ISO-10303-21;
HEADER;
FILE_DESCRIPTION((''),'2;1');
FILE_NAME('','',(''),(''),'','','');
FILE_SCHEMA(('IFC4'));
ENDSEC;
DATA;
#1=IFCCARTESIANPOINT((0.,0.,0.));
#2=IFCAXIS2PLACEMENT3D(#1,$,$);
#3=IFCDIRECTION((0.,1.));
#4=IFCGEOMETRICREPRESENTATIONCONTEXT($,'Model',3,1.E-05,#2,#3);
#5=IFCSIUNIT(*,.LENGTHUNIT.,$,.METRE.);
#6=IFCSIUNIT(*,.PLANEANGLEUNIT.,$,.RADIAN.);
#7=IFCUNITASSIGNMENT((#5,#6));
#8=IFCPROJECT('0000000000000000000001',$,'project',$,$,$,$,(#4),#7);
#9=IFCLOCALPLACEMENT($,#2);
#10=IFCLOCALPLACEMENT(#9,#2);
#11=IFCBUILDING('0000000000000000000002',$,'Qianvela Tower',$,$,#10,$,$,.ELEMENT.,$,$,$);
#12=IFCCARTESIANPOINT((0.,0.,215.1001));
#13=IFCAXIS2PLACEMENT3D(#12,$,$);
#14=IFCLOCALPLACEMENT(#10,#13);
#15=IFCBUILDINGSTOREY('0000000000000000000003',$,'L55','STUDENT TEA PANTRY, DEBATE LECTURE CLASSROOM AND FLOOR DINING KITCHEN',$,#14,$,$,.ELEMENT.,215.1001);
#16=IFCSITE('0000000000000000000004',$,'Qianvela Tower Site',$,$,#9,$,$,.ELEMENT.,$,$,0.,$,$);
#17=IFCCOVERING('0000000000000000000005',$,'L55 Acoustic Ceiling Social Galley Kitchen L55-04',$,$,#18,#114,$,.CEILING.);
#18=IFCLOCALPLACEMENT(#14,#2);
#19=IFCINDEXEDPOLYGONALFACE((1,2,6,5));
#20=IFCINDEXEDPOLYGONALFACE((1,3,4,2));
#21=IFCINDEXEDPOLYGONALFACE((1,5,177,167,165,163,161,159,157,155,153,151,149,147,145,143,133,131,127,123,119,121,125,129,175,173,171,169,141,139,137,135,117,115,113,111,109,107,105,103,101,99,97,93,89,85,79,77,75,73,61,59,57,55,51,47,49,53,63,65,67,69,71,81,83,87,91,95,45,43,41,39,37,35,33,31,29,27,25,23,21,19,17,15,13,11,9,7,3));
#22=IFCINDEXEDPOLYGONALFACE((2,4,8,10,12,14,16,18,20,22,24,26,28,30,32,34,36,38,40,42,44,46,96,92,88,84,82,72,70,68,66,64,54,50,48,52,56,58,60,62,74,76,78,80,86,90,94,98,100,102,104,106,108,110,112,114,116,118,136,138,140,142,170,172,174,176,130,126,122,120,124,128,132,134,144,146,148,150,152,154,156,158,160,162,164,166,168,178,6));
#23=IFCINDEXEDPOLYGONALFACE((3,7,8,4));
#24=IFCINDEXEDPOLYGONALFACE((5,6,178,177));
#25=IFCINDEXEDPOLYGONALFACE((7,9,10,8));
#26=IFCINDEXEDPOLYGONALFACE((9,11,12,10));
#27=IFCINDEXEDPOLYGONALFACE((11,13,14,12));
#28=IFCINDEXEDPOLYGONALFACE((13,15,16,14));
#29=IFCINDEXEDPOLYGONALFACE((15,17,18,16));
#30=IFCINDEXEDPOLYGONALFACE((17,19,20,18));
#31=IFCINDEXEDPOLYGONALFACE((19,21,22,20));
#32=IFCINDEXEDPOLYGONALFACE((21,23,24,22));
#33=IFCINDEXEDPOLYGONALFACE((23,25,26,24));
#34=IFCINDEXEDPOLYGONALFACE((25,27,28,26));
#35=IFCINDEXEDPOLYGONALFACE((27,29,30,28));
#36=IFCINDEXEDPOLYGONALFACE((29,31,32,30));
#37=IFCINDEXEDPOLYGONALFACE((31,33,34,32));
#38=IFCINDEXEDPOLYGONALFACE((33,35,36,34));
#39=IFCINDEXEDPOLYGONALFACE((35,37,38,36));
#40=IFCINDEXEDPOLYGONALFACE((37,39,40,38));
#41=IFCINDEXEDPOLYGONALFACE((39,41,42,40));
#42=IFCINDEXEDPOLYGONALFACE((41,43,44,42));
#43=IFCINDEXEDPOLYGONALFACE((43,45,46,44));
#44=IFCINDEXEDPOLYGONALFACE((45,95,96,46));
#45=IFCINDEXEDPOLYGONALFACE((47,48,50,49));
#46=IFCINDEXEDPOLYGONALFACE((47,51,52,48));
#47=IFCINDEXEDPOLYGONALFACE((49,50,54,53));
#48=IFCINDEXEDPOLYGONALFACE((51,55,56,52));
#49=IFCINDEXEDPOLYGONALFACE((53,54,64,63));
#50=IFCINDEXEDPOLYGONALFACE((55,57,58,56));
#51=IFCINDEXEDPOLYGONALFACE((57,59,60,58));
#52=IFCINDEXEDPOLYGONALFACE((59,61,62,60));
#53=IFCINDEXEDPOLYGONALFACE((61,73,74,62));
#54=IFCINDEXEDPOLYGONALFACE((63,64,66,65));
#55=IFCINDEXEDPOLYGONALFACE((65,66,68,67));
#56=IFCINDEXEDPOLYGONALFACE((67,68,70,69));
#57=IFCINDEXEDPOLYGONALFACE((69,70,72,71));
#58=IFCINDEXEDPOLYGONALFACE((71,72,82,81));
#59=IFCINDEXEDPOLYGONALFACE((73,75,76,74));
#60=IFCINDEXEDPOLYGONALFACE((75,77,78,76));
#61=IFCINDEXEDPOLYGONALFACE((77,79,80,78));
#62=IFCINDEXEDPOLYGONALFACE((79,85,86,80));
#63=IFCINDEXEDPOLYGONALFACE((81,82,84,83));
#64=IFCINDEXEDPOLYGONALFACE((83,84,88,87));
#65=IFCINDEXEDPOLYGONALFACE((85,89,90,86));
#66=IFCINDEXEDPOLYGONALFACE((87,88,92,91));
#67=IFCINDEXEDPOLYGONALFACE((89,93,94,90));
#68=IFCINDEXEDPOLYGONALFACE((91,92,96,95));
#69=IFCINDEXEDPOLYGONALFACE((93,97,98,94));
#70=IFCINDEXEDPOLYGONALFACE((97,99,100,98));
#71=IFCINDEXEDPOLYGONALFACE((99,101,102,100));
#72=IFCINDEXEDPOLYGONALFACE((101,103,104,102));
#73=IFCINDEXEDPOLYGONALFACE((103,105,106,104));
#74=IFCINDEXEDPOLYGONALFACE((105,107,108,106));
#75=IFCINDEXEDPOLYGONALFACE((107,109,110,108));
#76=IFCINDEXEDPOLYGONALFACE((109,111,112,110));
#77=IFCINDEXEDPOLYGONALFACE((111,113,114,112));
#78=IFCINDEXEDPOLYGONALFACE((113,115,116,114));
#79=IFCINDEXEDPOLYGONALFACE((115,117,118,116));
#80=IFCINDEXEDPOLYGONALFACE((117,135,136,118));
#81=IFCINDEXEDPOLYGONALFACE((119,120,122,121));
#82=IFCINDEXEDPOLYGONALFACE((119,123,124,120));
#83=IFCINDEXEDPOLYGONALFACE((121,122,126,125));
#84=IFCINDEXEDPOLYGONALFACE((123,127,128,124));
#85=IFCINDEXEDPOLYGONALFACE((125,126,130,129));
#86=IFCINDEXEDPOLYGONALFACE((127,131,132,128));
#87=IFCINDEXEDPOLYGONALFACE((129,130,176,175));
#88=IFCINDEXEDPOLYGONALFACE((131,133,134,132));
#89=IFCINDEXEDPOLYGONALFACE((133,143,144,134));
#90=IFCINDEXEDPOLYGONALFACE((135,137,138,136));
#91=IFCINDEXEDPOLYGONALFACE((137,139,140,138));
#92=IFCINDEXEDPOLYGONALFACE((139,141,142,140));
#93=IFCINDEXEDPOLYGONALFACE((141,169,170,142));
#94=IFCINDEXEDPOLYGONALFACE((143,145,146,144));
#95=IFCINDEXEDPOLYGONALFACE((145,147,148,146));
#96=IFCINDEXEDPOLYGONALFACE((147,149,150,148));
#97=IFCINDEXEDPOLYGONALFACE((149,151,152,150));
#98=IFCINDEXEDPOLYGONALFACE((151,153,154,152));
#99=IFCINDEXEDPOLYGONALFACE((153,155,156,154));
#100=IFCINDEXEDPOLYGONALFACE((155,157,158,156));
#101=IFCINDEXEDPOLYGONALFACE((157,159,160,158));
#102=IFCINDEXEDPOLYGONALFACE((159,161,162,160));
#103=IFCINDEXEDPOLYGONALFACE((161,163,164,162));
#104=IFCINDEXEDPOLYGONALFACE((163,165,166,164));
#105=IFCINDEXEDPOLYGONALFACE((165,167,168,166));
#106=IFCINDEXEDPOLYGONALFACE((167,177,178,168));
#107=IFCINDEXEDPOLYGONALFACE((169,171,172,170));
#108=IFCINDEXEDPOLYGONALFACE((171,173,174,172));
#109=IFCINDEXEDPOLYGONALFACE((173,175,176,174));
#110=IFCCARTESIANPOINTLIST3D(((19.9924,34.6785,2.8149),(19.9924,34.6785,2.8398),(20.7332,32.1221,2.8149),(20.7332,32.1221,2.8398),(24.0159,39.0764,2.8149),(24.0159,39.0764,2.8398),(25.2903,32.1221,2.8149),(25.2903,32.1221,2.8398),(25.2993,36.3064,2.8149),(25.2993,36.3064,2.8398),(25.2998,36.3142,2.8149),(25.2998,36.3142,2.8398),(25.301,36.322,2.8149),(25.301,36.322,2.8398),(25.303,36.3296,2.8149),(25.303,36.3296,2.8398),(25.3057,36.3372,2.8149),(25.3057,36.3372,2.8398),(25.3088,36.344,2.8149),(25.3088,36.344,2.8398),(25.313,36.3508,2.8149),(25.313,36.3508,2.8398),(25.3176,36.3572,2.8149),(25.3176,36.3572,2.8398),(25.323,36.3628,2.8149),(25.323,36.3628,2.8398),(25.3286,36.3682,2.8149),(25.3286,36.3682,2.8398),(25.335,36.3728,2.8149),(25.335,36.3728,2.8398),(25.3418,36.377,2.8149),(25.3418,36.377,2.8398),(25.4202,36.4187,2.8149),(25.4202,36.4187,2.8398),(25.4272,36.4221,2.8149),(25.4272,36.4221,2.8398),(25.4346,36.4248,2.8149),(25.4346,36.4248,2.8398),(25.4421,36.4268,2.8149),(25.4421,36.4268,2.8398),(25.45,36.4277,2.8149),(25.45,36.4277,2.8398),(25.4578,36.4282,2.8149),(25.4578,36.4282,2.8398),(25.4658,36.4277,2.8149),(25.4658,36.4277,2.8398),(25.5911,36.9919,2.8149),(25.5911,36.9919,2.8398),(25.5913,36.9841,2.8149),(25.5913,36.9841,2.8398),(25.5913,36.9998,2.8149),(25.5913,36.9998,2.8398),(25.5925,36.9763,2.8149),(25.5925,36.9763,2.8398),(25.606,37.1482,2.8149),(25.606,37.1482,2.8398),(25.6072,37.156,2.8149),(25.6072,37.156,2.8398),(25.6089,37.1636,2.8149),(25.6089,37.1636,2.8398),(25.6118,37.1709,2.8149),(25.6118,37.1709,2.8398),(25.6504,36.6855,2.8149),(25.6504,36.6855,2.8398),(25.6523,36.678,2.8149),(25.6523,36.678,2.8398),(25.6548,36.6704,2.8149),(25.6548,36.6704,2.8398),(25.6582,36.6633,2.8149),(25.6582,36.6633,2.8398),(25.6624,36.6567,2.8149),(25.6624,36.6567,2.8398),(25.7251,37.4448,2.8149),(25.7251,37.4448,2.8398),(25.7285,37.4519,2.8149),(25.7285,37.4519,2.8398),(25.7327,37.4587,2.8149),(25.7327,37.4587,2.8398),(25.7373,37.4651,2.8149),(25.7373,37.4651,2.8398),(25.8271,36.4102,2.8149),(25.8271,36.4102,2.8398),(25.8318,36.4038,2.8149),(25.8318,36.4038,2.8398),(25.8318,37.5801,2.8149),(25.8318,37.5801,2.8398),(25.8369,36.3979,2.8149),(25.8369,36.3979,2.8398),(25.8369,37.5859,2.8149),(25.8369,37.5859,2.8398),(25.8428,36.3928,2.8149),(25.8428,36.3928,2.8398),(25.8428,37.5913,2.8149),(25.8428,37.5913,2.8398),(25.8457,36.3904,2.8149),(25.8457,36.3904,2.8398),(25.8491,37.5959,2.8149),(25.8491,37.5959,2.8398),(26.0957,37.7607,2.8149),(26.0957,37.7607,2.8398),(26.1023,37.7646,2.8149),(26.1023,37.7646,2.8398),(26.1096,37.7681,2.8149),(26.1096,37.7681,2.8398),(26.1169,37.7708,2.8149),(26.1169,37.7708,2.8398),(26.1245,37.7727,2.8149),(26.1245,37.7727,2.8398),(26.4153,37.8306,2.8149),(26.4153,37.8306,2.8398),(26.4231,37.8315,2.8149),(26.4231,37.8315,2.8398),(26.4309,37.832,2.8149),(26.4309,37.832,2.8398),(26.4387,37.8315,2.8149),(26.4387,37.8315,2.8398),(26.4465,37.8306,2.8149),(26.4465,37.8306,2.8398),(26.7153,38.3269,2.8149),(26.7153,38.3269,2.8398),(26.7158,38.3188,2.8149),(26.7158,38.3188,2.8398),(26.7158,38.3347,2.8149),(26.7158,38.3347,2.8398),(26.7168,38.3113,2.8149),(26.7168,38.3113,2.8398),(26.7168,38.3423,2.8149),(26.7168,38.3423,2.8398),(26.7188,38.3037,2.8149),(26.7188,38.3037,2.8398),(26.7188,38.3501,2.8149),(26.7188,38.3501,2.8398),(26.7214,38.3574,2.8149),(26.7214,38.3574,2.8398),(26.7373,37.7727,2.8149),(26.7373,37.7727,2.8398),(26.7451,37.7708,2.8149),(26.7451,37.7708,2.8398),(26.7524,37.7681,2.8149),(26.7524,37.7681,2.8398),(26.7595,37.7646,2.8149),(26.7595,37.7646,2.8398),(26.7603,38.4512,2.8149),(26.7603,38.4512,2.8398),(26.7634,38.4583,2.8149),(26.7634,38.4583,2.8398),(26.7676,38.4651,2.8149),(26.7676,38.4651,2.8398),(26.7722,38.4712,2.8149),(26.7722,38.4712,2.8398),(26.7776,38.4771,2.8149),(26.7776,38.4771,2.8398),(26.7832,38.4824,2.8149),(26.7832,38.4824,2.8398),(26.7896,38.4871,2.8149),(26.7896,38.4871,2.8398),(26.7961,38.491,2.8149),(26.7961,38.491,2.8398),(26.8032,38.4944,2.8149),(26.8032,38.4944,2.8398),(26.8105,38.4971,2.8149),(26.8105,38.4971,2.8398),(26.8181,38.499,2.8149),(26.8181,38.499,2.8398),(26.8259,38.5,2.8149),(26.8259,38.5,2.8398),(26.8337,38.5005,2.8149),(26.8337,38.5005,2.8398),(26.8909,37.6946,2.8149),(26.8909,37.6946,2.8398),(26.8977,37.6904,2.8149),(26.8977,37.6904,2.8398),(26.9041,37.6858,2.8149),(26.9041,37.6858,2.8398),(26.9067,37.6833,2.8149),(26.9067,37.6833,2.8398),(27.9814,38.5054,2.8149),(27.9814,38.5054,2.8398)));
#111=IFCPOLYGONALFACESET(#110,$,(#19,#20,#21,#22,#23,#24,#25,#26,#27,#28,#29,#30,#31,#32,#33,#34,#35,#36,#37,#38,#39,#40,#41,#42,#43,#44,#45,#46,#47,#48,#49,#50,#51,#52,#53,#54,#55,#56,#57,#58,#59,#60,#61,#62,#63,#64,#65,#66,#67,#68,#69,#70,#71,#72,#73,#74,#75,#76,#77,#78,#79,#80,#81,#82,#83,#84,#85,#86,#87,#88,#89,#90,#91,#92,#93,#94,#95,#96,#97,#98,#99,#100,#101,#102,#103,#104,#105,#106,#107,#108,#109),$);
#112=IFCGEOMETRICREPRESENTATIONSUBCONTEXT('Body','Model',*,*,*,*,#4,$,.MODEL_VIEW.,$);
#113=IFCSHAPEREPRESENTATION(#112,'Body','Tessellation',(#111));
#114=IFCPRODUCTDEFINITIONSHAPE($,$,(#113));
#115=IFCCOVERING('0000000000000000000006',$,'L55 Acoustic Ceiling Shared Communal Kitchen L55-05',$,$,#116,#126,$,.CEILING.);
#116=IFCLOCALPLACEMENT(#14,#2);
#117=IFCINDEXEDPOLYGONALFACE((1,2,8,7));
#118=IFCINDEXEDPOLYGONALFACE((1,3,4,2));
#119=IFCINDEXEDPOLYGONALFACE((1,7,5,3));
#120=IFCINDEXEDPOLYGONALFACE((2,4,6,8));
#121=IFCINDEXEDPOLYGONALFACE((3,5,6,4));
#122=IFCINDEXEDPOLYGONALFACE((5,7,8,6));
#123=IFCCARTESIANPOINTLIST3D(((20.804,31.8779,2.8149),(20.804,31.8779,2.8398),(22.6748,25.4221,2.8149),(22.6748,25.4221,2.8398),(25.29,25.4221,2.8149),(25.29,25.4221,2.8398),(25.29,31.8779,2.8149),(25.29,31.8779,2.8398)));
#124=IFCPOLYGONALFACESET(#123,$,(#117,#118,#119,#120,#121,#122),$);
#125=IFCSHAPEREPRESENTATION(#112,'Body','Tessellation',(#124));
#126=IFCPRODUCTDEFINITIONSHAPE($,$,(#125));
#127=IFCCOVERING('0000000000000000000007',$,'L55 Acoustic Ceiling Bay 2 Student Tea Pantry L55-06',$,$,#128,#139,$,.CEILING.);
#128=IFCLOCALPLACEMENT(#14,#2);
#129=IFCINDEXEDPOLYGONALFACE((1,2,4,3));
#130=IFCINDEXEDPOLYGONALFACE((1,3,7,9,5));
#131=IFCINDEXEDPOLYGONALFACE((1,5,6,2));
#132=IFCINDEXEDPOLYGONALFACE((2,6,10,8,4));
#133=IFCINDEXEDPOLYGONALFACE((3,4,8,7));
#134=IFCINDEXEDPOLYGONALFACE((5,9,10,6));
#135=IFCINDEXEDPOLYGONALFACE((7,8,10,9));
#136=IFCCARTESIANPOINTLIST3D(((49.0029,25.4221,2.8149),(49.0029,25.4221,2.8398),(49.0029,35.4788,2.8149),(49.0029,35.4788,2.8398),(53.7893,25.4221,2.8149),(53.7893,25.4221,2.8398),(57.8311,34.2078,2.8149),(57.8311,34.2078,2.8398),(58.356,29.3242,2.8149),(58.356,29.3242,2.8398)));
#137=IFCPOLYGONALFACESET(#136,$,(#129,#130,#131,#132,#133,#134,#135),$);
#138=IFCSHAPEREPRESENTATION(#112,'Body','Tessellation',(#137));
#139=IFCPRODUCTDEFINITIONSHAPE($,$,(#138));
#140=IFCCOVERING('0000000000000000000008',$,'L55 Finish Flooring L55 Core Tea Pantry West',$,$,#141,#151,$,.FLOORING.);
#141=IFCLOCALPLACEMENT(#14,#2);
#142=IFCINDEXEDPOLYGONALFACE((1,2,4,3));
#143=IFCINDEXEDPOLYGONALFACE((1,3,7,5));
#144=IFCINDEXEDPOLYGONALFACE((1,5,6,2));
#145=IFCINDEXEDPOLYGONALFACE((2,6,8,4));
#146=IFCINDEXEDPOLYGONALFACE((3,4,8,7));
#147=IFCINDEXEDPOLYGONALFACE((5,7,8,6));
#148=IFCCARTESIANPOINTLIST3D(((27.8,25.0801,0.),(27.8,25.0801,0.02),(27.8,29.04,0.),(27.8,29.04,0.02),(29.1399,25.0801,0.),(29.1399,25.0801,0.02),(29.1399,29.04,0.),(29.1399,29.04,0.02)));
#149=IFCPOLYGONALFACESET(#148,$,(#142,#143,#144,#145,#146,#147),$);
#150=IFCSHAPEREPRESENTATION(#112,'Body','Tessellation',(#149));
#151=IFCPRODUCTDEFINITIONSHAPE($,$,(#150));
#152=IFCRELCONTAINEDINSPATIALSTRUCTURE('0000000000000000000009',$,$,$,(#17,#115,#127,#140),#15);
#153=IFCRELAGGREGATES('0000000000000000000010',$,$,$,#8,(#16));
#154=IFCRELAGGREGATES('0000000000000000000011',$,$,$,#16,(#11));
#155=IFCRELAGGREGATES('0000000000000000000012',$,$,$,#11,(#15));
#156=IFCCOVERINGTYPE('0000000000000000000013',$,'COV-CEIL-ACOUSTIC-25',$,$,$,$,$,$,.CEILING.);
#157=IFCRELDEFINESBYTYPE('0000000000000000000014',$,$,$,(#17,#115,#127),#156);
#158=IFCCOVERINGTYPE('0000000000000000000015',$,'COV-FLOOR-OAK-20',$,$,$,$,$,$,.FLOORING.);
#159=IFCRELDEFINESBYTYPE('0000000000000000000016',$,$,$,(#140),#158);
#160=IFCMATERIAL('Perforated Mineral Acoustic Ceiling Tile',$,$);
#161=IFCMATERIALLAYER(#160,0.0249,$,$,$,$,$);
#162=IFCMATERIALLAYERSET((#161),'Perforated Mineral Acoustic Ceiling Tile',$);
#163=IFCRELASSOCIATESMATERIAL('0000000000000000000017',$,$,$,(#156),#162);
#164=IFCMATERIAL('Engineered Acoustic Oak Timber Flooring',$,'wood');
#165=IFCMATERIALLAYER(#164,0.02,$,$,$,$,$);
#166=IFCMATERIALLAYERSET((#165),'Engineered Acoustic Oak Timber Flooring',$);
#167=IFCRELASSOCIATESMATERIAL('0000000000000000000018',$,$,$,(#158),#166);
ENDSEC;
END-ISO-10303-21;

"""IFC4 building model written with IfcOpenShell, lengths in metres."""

from ifc_helpers import new_model, si_unit, direction, frame, origin, place, context, subcontext, project, spatial, polyline, outline, extrude, material, layer, layer_set, type_object, element, save


model = new_model("IFC4")

# Units and contexts
model_context = context("Model", 3, precision=1e-05, world=origin(), true_north=direction((0.0, 1.0)))
body_context = subcontext(model_context, "Body", "Model", "MODEL_VIEW")
ifc_project = project(units=[si_unit("LENGTHUNIT", "METRE"), si_unit("PLANEANGLEUNIT", "RADIAN")], contexts=[model_context])

# Site, building, storey
site_placement = place(None, origin())
site = spatial("IfcSite", under=ifc_project, at=site_placement, Name="Qianvela Tower Site", CompositionType="ELEMENT", RefElevation=0.0)
building_placement = place(site_placement, origin())
building = spatial("IfcBuilding", under=site, at=building_placement, Name="Qianvela Tower", CompositionType="ELEMENT")
storey_placement = place(building_placement, frame((0.0, 0.0, 215.1001)))
storey = spatial("IfcBuildingStorey", under=building, at=storey_placement, Name="L55", Description="STUDENT TEA PANTRY, DEBATE LECTURE CLASSROOM AND FLOOR DINING KITCHEN", CompositionType="ELEMENT", Elevation=215.1001)

# Coverings
ifc_material_1 = material(Name="Perforated Mineral Acoustic Ceiling Tile")
ifc_layer_1 = layer(ifc_material_1, 0.0249)
ifc_layer_set_1 = layer_set([ifc_layer_1], Name="Perforated Mineral Acoustic Ceiling Tile")
covering_type_1 = type_object("IfcCoveringType", Name="COV-CEIL-ACOUSTIC-25", PredefinedType="CEILING", material=ifc_layer_set_1)
covering_1_placement = place(storey_placement, frame((0.0, 0.0, 2.8149)))
element("IfcCovering", 1, at=covering_1_placement, inside=storey, type_object=covering_type_1, Name="L55 Acoustic Ceiling Social Galley Kitchen L55-04", PredefinedType="CEILING", context=body_context, shape_type="SweptSolid", body=[
    extrude(outline(polyline([(25.8457, 36.3904), (25.4658, 36.4277), (25.4578, 36.4282), (25.45, 36.4277), (25.4421, 36.4268), (25.4346, 36.4248), (25.4272, 36.4221), (25.4202, 36.4187), (25.3418, 36.377), (25.335, 36.3728), (25.3286, 36.3682), (25.323, 36.3628), (25.3176, 36.3572), (25.313, 36.3508), (25.3088, 36.344), (25.3057, 36.3372), (25.303, 36.3296), (25.301, 36.322), (25.2998, 36.3142), (25.2993, 36.3064), (25.2903, 32.1221), (20.7332, 32.1221), (19.9924, 34.6785), (24.0159, 39.0764), (27.9814, 38.5054), (26.8337, 38.5005), (26.8259, 38.5), (26.8181, 38.499), (26.8105, 38.4971), (26.8032, 38.4944), (26.7961, 38.491), (26.7896, 38.4871), (26.7832, 38.4824), (26.7776, 38.4771), (26.7722, 38.4712), (26.7676, 38.4651), (26.7634, 38.4583), (26.7603, 38.4512), (26.7214, 38.3574), (26.7188, 38.3501), (26.7168, 38.3423), (26.7158, 38.3347), (26.7153, 38.3269), (26.7158, 38.3188), (26.7168, 38.3113), (26.7188, 38.3037), (26.9067, 37.6833), (26.9041, 37.6858), (26.8977, 37.6904), (26.8909, 37.6946), (26.7595, 37.7646), (26.7524, 37.7681), (26.7451, 37.7708), (26.7373, 37.7727), (26.4465, 37.8306), (26.4387, 37.8315), (26.4309, 37.832), (26.4231, 37.8315), (26.4153, 37.8306), (26.1245, 37.7727), (26.1169, 37.7708), (26.1096, 37.7681), (26.1023, 37.7646), (26.0957, 37.7607), (25.8491, 37.5959), (25.8428, 37.5913), (25.8369, 37.5859), (25.8318, 37.5801), (25.7373, 37.4651), (25.7327, 37.4587), (25.7285, 37.4519), (25.7251, 37.4448), (25.6118, 37.1709), (25.6089, 37.1636), (25.6072, 37.156), (25.606, 37.1482), (25.5913, 36.9998), (25.5911, 36.9919), (25.5913, 36.9841), (25.5925, 36.9763), (25.6504, 36.6855), (25.6523, 36.678), (25.6548, 36.6704), (25.6582, 36.6633), (25.6624, 36.6567), (25.8271, 36.4102), (25.8318, 36.4038), (25.8369, 36.3979), (25.8428, 36.3928), (25.8457, 36.3904)])), origin(), (0.0, 0.0, 1.0), 0.0249),
])
covering_2_placement = place(storey_placement, frame((0.0, 0.0, 2.8149)))
element("IfcCovering", 2, at=covering_2_placement, inside=storey, type_object=covering_type_1, Name="L55 Acoustic Ceiling Shared Communal Kitchen L55-05", PredefinedType="CEILING", context=body_context, shape_type="SweptSolid", body=[
    extrude(outline(polyline([(25.29, 31.8779), (25.29, 25.4221), (22.6748, 25.4221), (20.804, 31.8779), (25.29, 31.8779)])), origin(), (0.0, 0.0, 1.0), 0.0249),
])
covering_3_placement = place(storey_placement, frame((0.0, 0.0, 2.8149)))
element("IfcCovering", 3, at=covering_3_placement, inside=storey, type_object=covering_type_1, Name="L55 Acoustic Ceiling Bay 2 Student Tea Pantry L55-06", PredefinedType="CEILING", context=body_context, shape_type="SweptSolid", body=[
    extrude(outline(polyline([(57.8311, 34.2078), (58.356, 29.3242), (53.7893, 25.4221), (49.0029, 25.4221), (49.0029, 35.4788), (57.8311, 34.2078)])), origin(), (0.0, 0.0, 1.0), 0.0249),
])
ifc_material_2 = material(Name="Engineered Acoustic Oak Timber Flooring", Category="wood")
ifc_layer_2 = layer(ifc_material_2, 0.02)
ifc_layer_set_2 = layer_set([ifc_layer_2], Name="Engineered Acoustic Oak Timber Flooring")
covering_type_2 = type_object("IfcCoveringType", Name="COV-FLOOR-OAK-20", PredefinedType="FLOORING", material=ifc_layer_set_2)
covering_4_placement = place(storey_placement, origin())
element("IfcCovering", 4, at=covering_4_placement, inside=storey, type_object=covering_type_2, Name="L55 Finish Flooring L55 Core Tea Pantry West", PredefinedType="FLOORING", context=body_context, shape_type="SweptSolid", body=[
    extrude(outline(polyline([(27.8, 25.0801), (27.8, 29.04), (29.1399, 29.04), (29.1399, 25.0801), (27.8, 25.0801)])), origin(), (0.0, 0.0, 1.0), 0.02),
])

save(model, "model.ifc")
